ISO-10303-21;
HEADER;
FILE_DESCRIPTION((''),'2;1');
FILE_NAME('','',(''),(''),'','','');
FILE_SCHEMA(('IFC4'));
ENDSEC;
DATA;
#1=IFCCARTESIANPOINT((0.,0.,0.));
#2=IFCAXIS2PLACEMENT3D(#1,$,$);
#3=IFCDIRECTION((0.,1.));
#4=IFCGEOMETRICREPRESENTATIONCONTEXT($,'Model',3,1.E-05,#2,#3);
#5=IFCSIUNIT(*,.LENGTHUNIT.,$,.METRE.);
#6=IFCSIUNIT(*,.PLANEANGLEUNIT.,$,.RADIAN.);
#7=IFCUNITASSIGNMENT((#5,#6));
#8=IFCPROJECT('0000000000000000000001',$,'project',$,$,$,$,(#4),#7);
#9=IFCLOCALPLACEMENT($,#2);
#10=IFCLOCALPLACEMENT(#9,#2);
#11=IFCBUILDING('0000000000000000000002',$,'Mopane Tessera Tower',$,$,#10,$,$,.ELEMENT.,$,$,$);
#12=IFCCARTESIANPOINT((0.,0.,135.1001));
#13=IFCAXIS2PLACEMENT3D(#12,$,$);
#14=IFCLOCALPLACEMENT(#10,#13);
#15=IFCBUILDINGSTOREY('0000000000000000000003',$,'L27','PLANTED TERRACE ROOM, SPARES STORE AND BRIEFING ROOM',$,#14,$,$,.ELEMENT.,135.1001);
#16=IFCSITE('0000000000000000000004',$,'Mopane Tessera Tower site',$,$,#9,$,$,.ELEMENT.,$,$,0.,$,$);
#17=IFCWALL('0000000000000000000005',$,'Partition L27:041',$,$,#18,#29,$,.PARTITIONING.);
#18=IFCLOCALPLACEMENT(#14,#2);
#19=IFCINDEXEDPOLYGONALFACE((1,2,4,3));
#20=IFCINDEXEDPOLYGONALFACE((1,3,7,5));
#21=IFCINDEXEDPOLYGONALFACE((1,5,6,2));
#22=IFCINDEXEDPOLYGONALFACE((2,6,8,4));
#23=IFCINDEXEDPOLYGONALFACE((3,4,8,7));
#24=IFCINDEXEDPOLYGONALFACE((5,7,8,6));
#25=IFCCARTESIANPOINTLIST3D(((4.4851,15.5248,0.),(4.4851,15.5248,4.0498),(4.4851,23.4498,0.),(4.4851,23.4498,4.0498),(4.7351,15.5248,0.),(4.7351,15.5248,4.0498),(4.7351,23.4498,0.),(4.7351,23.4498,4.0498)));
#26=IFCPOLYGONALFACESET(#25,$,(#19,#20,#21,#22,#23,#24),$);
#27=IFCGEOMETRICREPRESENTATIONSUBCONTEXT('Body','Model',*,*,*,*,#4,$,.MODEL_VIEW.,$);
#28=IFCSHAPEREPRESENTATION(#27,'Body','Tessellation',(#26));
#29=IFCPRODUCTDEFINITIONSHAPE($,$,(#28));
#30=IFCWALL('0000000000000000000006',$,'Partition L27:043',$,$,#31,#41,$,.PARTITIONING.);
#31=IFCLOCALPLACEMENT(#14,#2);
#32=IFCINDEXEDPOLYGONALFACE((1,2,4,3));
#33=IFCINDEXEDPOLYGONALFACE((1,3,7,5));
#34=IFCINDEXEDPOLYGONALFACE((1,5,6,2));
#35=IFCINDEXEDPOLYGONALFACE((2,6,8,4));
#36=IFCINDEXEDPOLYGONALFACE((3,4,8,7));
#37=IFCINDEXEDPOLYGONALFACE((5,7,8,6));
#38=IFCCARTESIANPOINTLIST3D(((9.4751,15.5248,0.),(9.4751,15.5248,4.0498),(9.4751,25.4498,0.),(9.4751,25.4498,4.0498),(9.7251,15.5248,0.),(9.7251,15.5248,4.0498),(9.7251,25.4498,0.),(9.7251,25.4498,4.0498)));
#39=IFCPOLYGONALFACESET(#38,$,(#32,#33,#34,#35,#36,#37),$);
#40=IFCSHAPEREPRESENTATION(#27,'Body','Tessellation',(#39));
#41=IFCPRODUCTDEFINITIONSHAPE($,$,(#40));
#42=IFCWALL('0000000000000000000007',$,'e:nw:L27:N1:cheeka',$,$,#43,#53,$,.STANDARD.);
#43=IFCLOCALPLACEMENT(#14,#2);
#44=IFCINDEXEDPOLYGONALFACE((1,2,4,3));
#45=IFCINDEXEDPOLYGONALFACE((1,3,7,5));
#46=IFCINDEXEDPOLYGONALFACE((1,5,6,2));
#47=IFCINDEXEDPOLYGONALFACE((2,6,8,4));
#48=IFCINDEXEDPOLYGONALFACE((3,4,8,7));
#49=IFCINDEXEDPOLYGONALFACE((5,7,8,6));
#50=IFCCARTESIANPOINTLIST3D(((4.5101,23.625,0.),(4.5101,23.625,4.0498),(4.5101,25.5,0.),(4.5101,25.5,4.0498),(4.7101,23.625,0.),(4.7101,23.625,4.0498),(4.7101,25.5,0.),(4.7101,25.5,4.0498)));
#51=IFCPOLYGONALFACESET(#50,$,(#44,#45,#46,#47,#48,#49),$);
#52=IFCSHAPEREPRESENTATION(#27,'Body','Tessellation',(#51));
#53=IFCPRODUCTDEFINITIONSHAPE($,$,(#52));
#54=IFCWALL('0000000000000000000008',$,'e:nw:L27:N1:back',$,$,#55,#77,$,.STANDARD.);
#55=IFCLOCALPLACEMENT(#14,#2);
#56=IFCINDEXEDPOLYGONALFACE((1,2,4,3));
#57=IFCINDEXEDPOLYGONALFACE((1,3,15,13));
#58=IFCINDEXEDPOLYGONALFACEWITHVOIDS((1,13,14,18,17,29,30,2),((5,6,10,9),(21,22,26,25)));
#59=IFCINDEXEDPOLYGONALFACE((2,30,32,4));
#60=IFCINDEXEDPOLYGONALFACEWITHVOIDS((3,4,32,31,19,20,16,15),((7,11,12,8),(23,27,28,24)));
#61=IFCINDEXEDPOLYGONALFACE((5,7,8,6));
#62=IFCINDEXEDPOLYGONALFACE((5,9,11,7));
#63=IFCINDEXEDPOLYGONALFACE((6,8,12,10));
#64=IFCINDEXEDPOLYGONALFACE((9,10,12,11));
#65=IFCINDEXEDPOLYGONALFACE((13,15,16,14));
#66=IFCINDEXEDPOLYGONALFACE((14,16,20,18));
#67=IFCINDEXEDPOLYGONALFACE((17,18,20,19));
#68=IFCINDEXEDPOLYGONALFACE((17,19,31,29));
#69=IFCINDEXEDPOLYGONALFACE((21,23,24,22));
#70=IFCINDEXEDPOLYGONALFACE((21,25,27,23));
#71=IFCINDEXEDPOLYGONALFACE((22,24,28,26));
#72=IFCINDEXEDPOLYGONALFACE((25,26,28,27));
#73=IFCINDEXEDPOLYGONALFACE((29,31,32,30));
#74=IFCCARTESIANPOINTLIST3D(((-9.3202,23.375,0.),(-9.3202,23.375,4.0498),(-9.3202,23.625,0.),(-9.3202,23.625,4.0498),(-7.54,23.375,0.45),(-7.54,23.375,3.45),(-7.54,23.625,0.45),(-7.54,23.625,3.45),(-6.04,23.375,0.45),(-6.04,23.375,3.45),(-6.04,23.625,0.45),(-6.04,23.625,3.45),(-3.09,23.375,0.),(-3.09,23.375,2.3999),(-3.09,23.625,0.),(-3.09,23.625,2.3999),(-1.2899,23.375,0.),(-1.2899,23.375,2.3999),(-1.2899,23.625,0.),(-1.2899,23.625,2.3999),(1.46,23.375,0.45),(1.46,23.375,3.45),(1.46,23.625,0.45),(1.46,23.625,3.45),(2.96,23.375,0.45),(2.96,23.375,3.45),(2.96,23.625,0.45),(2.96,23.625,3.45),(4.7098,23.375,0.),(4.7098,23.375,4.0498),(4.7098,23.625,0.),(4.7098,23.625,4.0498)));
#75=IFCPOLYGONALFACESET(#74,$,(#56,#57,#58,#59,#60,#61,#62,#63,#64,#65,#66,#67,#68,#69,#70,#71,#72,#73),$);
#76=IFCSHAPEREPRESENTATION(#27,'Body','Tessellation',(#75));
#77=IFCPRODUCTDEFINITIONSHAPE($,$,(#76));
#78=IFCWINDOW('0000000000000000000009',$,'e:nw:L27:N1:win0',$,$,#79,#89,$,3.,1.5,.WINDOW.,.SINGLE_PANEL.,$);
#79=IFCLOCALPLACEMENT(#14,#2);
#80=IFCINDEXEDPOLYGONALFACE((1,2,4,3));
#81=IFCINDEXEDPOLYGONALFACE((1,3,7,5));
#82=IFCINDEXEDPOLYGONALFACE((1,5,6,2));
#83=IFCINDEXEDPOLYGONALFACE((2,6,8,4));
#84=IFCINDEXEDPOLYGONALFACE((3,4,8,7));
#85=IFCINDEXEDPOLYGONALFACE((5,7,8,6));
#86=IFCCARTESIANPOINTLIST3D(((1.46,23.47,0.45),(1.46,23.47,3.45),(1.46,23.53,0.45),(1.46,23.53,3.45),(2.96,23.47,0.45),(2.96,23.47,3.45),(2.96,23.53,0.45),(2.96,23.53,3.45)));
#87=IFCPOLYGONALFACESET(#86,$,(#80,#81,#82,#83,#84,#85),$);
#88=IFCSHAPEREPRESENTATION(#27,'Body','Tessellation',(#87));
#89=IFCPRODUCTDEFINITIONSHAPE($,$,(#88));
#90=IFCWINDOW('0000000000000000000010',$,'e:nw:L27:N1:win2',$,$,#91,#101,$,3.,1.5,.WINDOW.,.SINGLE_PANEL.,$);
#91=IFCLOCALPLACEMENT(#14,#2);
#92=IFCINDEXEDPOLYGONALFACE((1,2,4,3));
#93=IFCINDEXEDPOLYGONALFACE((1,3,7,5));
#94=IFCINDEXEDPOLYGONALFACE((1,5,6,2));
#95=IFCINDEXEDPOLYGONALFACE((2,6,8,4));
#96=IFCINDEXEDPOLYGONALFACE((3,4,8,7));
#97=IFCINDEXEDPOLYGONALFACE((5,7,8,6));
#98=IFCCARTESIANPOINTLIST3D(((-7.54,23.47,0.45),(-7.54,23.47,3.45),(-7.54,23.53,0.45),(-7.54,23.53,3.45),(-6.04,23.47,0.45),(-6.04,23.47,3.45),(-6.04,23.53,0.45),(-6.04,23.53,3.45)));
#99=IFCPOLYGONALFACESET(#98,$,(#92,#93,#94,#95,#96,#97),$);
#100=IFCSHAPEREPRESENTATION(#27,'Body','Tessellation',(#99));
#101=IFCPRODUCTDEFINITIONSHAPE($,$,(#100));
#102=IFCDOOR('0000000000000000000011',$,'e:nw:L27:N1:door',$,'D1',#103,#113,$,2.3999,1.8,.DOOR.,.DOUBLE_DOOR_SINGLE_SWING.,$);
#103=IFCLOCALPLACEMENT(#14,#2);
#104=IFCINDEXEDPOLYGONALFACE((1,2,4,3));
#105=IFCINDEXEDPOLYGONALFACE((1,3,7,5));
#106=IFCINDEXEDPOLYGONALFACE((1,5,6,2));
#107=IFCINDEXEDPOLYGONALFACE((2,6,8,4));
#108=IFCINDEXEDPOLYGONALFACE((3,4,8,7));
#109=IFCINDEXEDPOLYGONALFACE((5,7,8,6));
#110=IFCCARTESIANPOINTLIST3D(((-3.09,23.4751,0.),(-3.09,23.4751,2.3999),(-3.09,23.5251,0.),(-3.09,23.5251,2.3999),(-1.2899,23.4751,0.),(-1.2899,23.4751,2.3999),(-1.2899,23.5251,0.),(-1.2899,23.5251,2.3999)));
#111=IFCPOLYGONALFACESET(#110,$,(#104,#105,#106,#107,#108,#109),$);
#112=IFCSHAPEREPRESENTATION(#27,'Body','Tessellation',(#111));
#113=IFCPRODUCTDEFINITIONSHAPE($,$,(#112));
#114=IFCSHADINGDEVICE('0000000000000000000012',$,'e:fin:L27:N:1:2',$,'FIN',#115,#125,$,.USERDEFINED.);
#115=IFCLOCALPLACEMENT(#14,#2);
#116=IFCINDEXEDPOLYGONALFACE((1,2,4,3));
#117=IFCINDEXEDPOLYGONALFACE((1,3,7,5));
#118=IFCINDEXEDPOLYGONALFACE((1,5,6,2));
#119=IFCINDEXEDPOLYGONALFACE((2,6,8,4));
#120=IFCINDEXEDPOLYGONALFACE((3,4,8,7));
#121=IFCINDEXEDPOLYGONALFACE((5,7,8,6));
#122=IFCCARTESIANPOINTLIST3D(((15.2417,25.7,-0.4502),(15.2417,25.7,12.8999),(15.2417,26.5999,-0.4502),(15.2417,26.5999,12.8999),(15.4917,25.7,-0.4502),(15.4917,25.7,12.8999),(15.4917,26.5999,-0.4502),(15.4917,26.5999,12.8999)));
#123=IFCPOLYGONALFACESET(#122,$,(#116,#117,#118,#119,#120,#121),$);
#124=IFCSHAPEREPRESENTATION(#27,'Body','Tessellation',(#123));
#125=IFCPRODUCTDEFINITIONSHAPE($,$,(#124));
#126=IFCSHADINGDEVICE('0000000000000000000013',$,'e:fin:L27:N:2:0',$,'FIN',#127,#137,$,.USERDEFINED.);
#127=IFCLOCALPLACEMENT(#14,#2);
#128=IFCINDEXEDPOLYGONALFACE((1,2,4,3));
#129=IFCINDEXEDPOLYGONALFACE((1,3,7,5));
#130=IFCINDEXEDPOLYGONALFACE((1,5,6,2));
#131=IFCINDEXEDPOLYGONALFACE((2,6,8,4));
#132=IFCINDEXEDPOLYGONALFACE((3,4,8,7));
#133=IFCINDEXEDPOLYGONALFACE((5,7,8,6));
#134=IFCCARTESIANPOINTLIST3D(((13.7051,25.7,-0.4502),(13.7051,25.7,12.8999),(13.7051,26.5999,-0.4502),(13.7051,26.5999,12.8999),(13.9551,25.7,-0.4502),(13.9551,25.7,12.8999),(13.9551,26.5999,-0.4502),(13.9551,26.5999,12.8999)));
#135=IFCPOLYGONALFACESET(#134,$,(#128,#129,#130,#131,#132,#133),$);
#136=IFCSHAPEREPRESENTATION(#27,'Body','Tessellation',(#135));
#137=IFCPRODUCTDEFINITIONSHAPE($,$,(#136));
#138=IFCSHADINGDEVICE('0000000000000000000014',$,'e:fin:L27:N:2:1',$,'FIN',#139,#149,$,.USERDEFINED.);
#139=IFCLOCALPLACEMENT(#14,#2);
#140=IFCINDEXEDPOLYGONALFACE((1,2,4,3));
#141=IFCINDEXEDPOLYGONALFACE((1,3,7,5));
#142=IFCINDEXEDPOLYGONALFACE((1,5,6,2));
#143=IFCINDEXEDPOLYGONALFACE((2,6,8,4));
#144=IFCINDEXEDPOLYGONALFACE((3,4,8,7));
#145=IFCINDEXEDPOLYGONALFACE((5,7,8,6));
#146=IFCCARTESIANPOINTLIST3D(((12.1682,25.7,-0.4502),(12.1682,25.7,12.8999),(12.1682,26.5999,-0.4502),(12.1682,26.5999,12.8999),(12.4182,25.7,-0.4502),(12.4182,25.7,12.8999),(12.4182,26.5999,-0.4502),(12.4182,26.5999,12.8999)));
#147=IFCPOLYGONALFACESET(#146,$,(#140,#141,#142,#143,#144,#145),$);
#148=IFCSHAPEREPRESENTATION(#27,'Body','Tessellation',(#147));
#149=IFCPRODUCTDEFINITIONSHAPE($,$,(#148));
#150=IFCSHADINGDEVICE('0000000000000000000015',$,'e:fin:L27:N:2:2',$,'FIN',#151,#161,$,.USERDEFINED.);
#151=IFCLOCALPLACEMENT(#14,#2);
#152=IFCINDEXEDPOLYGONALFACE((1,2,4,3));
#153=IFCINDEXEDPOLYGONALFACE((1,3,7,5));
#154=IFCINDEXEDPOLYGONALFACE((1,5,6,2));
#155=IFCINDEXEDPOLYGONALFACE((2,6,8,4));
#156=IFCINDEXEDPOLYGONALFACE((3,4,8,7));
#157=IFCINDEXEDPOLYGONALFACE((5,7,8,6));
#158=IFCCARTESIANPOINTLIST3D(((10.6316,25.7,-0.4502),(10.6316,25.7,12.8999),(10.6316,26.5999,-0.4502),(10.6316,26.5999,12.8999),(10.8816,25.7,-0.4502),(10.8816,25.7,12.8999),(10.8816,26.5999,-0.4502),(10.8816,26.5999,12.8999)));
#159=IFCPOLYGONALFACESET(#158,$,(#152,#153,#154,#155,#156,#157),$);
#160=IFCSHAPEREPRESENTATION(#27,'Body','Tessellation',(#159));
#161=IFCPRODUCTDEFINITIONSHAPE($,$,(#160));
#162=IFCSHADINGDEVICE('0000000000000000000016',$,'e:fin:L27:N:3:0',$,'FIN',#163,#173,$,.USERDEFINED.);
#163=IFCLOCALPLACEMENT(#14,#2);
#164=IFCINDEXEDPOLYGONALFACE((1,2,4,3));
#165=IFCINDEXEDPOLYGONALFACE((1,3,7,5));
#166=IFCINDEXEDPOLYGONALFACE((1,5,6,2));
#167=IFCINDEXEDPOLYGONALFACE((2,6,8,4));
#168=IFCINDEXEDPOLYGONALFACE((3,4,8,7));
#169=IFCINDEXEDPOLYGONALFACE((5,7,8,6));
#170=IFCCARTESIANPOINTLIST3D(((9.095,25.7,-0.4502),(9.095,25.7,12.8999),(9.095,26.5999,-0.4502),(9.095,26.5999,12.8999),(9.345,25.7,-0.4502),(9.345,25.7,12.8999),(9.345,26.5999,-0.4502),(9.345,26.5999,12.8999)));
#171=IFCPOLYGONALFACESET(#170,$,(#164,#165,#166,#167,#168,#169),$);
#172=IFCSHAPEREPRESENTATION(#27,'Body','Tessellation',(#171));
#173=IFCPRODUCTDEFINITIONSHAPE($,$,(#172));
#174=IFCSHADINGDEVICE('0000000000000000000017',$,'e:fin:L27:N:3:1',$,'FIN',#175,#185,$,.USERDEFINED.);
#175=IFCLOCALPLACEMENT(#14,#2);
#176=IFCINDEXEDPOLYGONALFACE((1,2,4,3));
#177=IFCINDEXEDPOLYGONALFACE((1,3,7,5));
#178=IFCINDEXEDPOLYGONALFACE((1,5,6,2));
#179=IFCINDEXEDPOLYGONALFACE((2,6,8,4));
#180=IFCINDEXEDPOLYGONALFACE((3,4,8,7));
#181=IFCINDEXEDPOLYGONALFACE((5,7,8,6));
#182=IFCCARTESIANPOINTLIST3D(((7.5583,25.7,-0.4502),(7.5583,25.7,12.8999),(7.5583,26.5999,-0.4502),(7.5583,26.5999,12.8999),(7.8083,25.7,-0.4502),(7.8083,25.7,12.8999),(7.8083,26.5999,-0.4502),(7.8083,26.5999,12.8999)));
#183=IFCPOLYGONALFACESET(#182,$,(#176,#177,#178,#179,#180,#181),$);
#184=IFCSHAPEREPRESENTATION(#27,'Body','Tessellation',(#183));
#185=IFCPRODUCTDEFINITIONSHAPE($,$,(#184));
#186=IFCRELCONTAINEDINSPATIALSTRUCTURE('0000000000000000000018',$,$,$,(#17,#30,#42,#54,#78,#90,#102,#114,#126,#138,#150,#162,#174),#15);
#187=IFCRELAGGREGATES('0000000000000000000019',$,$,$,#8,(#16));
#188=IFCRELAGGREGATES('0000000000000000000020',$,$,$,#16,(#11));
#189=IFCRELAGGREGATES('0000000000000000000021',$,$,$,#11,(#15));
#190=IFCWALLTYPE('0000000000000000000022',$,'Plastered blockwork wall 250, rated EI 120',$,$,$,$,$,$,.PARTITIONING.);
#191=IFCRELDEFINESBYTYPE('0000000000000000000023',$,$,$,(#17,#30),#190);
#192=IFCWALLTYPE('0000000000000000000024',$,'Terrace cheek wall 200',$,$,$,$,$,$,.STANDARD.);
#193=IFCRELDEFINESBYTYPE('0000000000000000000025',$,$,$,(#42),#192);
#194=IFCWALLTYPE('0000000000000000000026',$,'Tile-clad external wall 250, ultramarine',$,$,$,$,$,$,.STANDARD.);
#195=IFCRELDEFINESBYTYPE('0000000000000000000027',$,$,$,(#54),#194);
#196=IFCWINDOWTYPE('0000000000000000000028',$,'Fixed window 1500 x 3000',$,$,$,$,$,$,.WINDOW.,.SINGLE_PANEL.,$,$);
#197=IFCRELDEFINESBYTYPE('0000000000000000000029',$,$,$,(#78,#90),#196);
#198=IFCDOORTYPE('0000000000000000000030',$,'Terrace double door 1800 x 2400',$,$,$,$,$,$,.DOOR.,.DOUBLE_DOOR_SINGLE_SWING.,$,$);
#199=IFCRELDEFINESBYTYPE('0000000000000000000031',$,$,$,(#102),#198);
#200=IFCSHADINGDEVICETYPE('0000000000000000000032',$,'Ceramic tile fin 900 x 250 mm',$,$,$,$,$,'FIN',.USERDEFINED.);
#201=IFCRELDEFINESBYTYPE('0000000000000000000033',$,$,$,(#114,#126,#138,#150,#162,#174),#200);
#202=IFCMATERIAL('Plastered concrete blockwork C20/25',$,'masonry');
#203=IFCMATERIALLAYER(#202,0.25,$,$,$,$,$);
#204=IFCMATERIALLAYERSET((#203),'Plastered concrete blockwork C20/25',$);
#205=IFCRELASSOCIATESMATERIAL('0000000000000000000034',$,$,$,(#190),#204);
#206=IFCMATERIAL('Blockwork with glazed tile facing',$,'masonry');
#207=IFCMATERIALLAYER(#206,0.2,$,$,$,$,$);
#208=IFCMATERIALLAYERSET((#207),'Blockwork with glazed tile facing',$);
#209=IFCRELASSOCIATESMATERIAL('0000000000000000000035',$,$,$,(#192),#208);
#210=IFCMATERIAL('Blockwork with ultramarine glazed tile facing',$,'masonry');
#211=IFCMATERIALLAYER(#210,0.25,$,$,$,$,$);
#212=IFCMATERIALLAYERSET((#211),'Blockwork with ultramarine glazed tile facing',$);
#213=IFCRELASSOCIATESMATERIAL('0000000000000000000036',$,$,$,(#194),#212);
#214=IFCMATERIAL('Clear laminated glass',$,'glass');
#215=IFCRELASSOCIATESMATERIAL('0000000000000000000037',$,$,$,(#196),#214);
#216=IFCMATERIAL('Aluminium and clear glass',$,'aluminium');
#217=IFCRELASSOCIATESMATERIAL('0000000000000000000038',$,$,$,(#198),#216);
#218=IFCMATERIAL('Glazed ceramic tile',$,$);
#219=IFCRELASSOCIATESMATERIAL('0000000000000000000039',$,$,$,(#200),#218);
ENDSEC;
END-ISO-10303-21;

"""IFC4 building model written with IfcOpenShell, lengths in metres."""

from ifc_helpers import new_model, si_unit, direction, frame, frame_2d, origin, origin_2d, place, context, subcontext, project, spatial, rectangle, extrude, material, layer, layer_set, type_object, element, fill, save


model = new_model("IFC4")

# Units and contexts
model_context = context("Model", 3, precision=1e-05, world=origin(), true_north=direction((0.0, 1.0)))
body_context = subcontext(model_context, "Body", "Model", "MODEL_VIEW")
ifc_project = project(units=[si_unit("LENGTHUNIT", "METRE"), si_unit("PLANEANGLEUNIT", "RADIAN")], contexts=[model_context])

# Site, building, storey
site_placement = place(None, origin())
site = spatial("IfcSite", under=ifc_project, at=site_placement, Name="Mopane Tessera Tower site", CompositionType="ELEMENT", RefElevation=0.0)
building_placement = place(site_placement, origin())
building = spatial("IfcBuilding", under=site, at=building_placement, Name="Mopane Tessera Tower", CompositionType="ELEMENT")
storey_placement = place(building_placement, frame((0.0, 0.0, 135.1001)))
storey = spatial("IfcBuildingStorey", under=building, at=storey_placement, Name="L27", Description="PLANTED TERRACE ROOM, SPARES STORE AND BRIEFING ROOM", CompositionType="ELEMENT", Elevation=135.1001)

# Walls
ifc_material_1 = material(Name="Plastered concrete blockwork C20/25", Category="masonry")
ifc_layer_1 = layer(ifc_material_1, 0.25)
ifc_layer_set_1 = layer_set([ifc_layer_1], Name="Plastered concrete blockwork C20/25")
wall_type_1 = type_object("IfcWallType", Name="Plastered blockwork wall 250, rated EI 120", PredefinedType="PARTITIONING", material=ifc_layer_set_1)
wall_1_placement = place(storey_placement, frame((4.6101, 15.5249, 0.0), z_axis=(0.0, 0.0, 1.0), x_axis=(0.0, 1.0, 0.0)))
element("IfcWall", 1, at=wall_1_placement, inside=storey, type_object=wall_type_1, Name="Partition L27:041", PredefinedType="PARTITIONING", context=body_context, shape_type="SweptSolid", body=[
    extrude(rectangle(XDim=7.925, YDim=0.25, at=frame_2d((3.9624, 0.0))), origin(), (0.0, 0.0, 1.0), 4.0498),
])
wall_2_placement = place(storey_placement, frame((9.6001, 15.5249, 0.0), z_axis=(0.0, 0.0, 1.0), x_axis=(0.0, 1.0, 0.0)))
element("IfcWall", 2, at=wall_2_placement, inside=storey, type_object=wall_type_1, Name="Partition L27:043", PredefinedType="PARTITIONING", context=body_context, shape_type="SweptSolid", body=[
    extrude(rectangle(XDim=9.925, YDim=0.25, at=frame_2d((4.9624, 0.0))), origin(), (0.0, 0.0, 1.0), 4.0498),
])
ifc_material_2 = material(Name="Blockwork with glazed tile facing", Category="masonry")
ifc_layer_2 = layer(ifc_material_2, 0.2)
ifc_layer_set_2 = layer_set([ifc_layer_2], Name="Blockwork with glazed tile facing")
wall_type_2 = type_object("IfcWallType", Name="Terrace cheek wall 200", PredefinedType="STANDARD", material=ifc_layer_set_2)
wall_3_placement = place(storey_placement, frame((4.6101, 25.5, 0.0), z_axis=(0.0, 0.0, 1.0), x_axis=(0.0, -1.0, 0.0)))
element("IfcWall", 3, at=wall_3_placement, inside=storey, type_object=wall_type_2, Name="e:nw:L27:N1:cheeka", PredefinedType="STANDARD", context=body_context, shape_type="SweptSolid", body=[
    extrude(rectangle(XDim=1.875, YDim=0.2, at=frame_2d((0.9375, 0.0))), origin(), (0.0, 0.0, 1.0), 4.0498),
])

# Wall, openings, windows, door
ifc_material_3 = material(Name="Blockwork with ultramarine glazed tile facing", Category="masonry")
ifc_layer_3 = layer(ifc_material_3, 0.25)
ifc_layer_set_3 = layer_set([ifc_layer_3], Name="Blockwork with ultramarine glazed tile facing")
wall_type_3 = type_object("IfcWallType", Name="Tile-clad external wall 250, ultramarine", PredefinedType="STANDARD", material=ifc_layer_set_3)
wall_4_placement = place(storey_placement, frame((4.71, 23.5, 0.0), z_axis=(0.0, 0.0, 1.0), x_axis=(-1.0, 0.0, 0.0)))
wall_4 = element("IfcWall", 4, at=wall_4_placement, inside=storey, type_object=wall_type_3, Name="e:nw:L27:N1:back", PredefinedType="STANDARD", context=body_context, shape_type="SweptSolid", body=[
    extrude(rectangle(XDim=14.03, YDim=0.25, at=frame_2d((7.0151, 0.0))), origin(), (0.0, 0.0, 1.0), 4.0498),
])
opening_1_placement = place(wall_4_placement, frame((1.75, 0.0, 0.45)))
opening_1 = element("IfcOpeningElement", 5, at=opening_1_placement, cuts=wall_4, PredefinedType="OPENING", context=body_context, shape_type="SweptSolid", body=[
    extrude(rectangle(XDim=1.5, YDim=3.0, at=frame_2d((0.75, 1.5))), frame((0.0, 0.137, 0.0), z_axis=(0.0, -1.0, 0.0), x_axis=(1.0, 0.0, 0.0)), (0.0, 0.0, 1.0), 0.2739),
])
opening_2_placement = place(wall_4_placement, frame((6.0, 0.0, 0.0)))
opening_2 = element("IfcOpeningElement", 6, at=opening_2_placement, cuts=wall_4, PredefinedType="OPENING", context=body_context, shape_type="SweptSolid", body=[
    extrude(rectangle(XDim=1.8, YDim=2.3999, at=frame_2d((0.8999, 1.2))), frame((0.0, 0.137, 0.0), z_axis=(0.0, -1.0, 0.0), x_axis=(1.0, 0.0, 0.0)), (0.0, 0.0, 1.0), 0.2739),
])
opening_3_placement = place(wall_4_placement, frame((10.75, 0.0, 0.45)))
opening_3 = element("IfcOpeningElement", 7, at=opening_3_placement, cuts=wall_4, PredefinedType="OPENING", context=body_context, shape_type="SweptSolid", body=[
    extrude(rectangle(XDim=1.5, YDim=3.0, at=frame_2d((0.75, 1.5))), frame((0.0, 0.137, 0.0), z_axis=(0.0, -1.0, 0.0), x_axis=(1.0, 0.0, 0.0)), (0.0, 0.0, 1.0), 0.2739),
])
ifc_material_4 = material(Name="Clear laminated glass", Category="glass")
window_type = type_object("IfcWindowType", Name="Fixed window 1500 x 3000", PartitioningType="SINGLE_PANEL", PredefinedType="WINDOW", material=ifc_material_4)
window_1_placement = place(opening_1_placement, origin())
window_1 = element("IfcWindow", 8, at=window_1_placement, inside=storey, type_object=window_type, Name="e:nw:L27:N1:win0", OverallHeight=3.0, OverallWidth=1.5, PartitioningType="SINGLE_PANEL", PredefinedType="WINDOW", context=body_context, shape_type="SweptSolid", body=[
    extrude(rectangle(XDim=1.5, YDim=3.0, at=frame_2d((0.75, 1.5))), frame((0.0, 0.03, 0.0), z_axis=(0.0, -1.0, 0.0), x_axis=(1.0, 0.0, 0.0)), (0.0, 0.0, 1.0), 0.0601),
])
fill(opening_1, window_1)
window_2_placement = place(opening_3_placement, origin())
window_2 = element("IfcWindow", 9, at=window_2_placement, inside=storey, type_object=window_type, Name="e:nw:L27:N1:win2", OverallHeight=3.0, OverallWidth=1.5, PartitioningType="SINGLE_PANEL", PredefinedType="WINDOW", context=body_context, shape_type="SweptSolid", body=[
    extrude(rectangle(XDim=1.5, YDim=3.0, at=frame_2d((0.75, 1.5))), frame((0.0, 0.03, 0.0), z_axis=(0.0, -1.0, 0.0), x_axis=(1.0, 0.0, 0.0)), (0.0, 0.0, 1.0), 0.0601),
])
fill(opening_3, window_2)
ifc_material_5 = material(Name="Aluminium and clear glass", Category="aluminium")
door_type = type_object("IfcDoorType", Name="Terrace double door 1800 x 2400", OperationType="DOUBLE_DOOR_SINGLE_SWING", PredefinedType="DOOR", material=ifc_material_5)
door_placement = place(opening_2_placement, origin())
door = element("IfcDoor", 10, at=door_placement, inside=storey, type_object=door_type, Name="e:nw:L27:N1:door", ObjectType="D1", OperationType="DOUBLE_DOOR_SINGLE_SWING", OverallHeight=2.3999, OverallWidth=1.8, PredefinedType="DOOR", context=body_context, shape_type="SweptSolid", body=[
    extrude(rectangle(XDim=1.8, YDim=2.3999, at=frame_2d((0.8999, 1.2))), frame((0.0, 0.0249, 0.0), z_axis=(0.0, -1.0, 0.0), x_axis=(1.0, 0.0, 0.0)), (0.0, 0.0, 1.0), 0.05),
])
fill(opening_2, door)

# Shading devices
ifc_material_6 = material(Name="Glazed ceramic tile")
shading_device_type = type_object("IfcShadingDeviceType", Name="Ceramic tile fin 900 x 250 mm", ElementType="FIN", PredefinedType="USERDEFINED", material=ifc_material_6)
for number, where, z_axis, x_axis, name in (
    (11, (15.3667, 26.1499, -0.4502), (0.0, 0.0, 1.0), (-1.0, 0.0, 0.0), "e:fin:L27:N:1:2"),
    (12, (13.8301, 26.1499, -0.4502), (0.0, 0.0, 1.0), (-1.0, 0.0, 0.0), "e:fin:L27:N:2:0"),
    (13, (12.2932, 26.1499, -0.4502), (0.0, 0.0, 1.0), (-1.0, 0.0, 0.0), "e:fin:L27:N:2:1"),
    (14, (10.7566, 26.1499, -0.4502), (0.0, 0.0, 1.0), (-1.0, 0.0, 0.0), "e:fin:L27:N:2:2"),
    (15, (9.22, 26.1499, -0.4502), (0.0, 0.0, 1.0), (-1.0, 0.0, 0.0), "e:fin:L27:N:3:0"),
    (16, (7.6833, 26.1499, -0.4502), (0.0, 0.0, 1.0), (-1.0, 0.0, 0.0), "e:fin:L27:N:3:1"),
):
    element("IfcShadingDevice", number, at=place(storey_placement, frame(where, z_axis=z_axis, x_axis=x_axis)), inside=storey, type_object=shading_device_type, Name=name, ObjectType="FIN", PredefinedType="USERDEFINED", context=body_context, shape_type="SweptSolid", body=[
        extrude(rectangle(XDim=0.25, YDim=0.8999, at=origin_2d()), origin(), (0.0, 0.0, 1.0), 13.3501),
    ])

save(model, "model.ifc")
